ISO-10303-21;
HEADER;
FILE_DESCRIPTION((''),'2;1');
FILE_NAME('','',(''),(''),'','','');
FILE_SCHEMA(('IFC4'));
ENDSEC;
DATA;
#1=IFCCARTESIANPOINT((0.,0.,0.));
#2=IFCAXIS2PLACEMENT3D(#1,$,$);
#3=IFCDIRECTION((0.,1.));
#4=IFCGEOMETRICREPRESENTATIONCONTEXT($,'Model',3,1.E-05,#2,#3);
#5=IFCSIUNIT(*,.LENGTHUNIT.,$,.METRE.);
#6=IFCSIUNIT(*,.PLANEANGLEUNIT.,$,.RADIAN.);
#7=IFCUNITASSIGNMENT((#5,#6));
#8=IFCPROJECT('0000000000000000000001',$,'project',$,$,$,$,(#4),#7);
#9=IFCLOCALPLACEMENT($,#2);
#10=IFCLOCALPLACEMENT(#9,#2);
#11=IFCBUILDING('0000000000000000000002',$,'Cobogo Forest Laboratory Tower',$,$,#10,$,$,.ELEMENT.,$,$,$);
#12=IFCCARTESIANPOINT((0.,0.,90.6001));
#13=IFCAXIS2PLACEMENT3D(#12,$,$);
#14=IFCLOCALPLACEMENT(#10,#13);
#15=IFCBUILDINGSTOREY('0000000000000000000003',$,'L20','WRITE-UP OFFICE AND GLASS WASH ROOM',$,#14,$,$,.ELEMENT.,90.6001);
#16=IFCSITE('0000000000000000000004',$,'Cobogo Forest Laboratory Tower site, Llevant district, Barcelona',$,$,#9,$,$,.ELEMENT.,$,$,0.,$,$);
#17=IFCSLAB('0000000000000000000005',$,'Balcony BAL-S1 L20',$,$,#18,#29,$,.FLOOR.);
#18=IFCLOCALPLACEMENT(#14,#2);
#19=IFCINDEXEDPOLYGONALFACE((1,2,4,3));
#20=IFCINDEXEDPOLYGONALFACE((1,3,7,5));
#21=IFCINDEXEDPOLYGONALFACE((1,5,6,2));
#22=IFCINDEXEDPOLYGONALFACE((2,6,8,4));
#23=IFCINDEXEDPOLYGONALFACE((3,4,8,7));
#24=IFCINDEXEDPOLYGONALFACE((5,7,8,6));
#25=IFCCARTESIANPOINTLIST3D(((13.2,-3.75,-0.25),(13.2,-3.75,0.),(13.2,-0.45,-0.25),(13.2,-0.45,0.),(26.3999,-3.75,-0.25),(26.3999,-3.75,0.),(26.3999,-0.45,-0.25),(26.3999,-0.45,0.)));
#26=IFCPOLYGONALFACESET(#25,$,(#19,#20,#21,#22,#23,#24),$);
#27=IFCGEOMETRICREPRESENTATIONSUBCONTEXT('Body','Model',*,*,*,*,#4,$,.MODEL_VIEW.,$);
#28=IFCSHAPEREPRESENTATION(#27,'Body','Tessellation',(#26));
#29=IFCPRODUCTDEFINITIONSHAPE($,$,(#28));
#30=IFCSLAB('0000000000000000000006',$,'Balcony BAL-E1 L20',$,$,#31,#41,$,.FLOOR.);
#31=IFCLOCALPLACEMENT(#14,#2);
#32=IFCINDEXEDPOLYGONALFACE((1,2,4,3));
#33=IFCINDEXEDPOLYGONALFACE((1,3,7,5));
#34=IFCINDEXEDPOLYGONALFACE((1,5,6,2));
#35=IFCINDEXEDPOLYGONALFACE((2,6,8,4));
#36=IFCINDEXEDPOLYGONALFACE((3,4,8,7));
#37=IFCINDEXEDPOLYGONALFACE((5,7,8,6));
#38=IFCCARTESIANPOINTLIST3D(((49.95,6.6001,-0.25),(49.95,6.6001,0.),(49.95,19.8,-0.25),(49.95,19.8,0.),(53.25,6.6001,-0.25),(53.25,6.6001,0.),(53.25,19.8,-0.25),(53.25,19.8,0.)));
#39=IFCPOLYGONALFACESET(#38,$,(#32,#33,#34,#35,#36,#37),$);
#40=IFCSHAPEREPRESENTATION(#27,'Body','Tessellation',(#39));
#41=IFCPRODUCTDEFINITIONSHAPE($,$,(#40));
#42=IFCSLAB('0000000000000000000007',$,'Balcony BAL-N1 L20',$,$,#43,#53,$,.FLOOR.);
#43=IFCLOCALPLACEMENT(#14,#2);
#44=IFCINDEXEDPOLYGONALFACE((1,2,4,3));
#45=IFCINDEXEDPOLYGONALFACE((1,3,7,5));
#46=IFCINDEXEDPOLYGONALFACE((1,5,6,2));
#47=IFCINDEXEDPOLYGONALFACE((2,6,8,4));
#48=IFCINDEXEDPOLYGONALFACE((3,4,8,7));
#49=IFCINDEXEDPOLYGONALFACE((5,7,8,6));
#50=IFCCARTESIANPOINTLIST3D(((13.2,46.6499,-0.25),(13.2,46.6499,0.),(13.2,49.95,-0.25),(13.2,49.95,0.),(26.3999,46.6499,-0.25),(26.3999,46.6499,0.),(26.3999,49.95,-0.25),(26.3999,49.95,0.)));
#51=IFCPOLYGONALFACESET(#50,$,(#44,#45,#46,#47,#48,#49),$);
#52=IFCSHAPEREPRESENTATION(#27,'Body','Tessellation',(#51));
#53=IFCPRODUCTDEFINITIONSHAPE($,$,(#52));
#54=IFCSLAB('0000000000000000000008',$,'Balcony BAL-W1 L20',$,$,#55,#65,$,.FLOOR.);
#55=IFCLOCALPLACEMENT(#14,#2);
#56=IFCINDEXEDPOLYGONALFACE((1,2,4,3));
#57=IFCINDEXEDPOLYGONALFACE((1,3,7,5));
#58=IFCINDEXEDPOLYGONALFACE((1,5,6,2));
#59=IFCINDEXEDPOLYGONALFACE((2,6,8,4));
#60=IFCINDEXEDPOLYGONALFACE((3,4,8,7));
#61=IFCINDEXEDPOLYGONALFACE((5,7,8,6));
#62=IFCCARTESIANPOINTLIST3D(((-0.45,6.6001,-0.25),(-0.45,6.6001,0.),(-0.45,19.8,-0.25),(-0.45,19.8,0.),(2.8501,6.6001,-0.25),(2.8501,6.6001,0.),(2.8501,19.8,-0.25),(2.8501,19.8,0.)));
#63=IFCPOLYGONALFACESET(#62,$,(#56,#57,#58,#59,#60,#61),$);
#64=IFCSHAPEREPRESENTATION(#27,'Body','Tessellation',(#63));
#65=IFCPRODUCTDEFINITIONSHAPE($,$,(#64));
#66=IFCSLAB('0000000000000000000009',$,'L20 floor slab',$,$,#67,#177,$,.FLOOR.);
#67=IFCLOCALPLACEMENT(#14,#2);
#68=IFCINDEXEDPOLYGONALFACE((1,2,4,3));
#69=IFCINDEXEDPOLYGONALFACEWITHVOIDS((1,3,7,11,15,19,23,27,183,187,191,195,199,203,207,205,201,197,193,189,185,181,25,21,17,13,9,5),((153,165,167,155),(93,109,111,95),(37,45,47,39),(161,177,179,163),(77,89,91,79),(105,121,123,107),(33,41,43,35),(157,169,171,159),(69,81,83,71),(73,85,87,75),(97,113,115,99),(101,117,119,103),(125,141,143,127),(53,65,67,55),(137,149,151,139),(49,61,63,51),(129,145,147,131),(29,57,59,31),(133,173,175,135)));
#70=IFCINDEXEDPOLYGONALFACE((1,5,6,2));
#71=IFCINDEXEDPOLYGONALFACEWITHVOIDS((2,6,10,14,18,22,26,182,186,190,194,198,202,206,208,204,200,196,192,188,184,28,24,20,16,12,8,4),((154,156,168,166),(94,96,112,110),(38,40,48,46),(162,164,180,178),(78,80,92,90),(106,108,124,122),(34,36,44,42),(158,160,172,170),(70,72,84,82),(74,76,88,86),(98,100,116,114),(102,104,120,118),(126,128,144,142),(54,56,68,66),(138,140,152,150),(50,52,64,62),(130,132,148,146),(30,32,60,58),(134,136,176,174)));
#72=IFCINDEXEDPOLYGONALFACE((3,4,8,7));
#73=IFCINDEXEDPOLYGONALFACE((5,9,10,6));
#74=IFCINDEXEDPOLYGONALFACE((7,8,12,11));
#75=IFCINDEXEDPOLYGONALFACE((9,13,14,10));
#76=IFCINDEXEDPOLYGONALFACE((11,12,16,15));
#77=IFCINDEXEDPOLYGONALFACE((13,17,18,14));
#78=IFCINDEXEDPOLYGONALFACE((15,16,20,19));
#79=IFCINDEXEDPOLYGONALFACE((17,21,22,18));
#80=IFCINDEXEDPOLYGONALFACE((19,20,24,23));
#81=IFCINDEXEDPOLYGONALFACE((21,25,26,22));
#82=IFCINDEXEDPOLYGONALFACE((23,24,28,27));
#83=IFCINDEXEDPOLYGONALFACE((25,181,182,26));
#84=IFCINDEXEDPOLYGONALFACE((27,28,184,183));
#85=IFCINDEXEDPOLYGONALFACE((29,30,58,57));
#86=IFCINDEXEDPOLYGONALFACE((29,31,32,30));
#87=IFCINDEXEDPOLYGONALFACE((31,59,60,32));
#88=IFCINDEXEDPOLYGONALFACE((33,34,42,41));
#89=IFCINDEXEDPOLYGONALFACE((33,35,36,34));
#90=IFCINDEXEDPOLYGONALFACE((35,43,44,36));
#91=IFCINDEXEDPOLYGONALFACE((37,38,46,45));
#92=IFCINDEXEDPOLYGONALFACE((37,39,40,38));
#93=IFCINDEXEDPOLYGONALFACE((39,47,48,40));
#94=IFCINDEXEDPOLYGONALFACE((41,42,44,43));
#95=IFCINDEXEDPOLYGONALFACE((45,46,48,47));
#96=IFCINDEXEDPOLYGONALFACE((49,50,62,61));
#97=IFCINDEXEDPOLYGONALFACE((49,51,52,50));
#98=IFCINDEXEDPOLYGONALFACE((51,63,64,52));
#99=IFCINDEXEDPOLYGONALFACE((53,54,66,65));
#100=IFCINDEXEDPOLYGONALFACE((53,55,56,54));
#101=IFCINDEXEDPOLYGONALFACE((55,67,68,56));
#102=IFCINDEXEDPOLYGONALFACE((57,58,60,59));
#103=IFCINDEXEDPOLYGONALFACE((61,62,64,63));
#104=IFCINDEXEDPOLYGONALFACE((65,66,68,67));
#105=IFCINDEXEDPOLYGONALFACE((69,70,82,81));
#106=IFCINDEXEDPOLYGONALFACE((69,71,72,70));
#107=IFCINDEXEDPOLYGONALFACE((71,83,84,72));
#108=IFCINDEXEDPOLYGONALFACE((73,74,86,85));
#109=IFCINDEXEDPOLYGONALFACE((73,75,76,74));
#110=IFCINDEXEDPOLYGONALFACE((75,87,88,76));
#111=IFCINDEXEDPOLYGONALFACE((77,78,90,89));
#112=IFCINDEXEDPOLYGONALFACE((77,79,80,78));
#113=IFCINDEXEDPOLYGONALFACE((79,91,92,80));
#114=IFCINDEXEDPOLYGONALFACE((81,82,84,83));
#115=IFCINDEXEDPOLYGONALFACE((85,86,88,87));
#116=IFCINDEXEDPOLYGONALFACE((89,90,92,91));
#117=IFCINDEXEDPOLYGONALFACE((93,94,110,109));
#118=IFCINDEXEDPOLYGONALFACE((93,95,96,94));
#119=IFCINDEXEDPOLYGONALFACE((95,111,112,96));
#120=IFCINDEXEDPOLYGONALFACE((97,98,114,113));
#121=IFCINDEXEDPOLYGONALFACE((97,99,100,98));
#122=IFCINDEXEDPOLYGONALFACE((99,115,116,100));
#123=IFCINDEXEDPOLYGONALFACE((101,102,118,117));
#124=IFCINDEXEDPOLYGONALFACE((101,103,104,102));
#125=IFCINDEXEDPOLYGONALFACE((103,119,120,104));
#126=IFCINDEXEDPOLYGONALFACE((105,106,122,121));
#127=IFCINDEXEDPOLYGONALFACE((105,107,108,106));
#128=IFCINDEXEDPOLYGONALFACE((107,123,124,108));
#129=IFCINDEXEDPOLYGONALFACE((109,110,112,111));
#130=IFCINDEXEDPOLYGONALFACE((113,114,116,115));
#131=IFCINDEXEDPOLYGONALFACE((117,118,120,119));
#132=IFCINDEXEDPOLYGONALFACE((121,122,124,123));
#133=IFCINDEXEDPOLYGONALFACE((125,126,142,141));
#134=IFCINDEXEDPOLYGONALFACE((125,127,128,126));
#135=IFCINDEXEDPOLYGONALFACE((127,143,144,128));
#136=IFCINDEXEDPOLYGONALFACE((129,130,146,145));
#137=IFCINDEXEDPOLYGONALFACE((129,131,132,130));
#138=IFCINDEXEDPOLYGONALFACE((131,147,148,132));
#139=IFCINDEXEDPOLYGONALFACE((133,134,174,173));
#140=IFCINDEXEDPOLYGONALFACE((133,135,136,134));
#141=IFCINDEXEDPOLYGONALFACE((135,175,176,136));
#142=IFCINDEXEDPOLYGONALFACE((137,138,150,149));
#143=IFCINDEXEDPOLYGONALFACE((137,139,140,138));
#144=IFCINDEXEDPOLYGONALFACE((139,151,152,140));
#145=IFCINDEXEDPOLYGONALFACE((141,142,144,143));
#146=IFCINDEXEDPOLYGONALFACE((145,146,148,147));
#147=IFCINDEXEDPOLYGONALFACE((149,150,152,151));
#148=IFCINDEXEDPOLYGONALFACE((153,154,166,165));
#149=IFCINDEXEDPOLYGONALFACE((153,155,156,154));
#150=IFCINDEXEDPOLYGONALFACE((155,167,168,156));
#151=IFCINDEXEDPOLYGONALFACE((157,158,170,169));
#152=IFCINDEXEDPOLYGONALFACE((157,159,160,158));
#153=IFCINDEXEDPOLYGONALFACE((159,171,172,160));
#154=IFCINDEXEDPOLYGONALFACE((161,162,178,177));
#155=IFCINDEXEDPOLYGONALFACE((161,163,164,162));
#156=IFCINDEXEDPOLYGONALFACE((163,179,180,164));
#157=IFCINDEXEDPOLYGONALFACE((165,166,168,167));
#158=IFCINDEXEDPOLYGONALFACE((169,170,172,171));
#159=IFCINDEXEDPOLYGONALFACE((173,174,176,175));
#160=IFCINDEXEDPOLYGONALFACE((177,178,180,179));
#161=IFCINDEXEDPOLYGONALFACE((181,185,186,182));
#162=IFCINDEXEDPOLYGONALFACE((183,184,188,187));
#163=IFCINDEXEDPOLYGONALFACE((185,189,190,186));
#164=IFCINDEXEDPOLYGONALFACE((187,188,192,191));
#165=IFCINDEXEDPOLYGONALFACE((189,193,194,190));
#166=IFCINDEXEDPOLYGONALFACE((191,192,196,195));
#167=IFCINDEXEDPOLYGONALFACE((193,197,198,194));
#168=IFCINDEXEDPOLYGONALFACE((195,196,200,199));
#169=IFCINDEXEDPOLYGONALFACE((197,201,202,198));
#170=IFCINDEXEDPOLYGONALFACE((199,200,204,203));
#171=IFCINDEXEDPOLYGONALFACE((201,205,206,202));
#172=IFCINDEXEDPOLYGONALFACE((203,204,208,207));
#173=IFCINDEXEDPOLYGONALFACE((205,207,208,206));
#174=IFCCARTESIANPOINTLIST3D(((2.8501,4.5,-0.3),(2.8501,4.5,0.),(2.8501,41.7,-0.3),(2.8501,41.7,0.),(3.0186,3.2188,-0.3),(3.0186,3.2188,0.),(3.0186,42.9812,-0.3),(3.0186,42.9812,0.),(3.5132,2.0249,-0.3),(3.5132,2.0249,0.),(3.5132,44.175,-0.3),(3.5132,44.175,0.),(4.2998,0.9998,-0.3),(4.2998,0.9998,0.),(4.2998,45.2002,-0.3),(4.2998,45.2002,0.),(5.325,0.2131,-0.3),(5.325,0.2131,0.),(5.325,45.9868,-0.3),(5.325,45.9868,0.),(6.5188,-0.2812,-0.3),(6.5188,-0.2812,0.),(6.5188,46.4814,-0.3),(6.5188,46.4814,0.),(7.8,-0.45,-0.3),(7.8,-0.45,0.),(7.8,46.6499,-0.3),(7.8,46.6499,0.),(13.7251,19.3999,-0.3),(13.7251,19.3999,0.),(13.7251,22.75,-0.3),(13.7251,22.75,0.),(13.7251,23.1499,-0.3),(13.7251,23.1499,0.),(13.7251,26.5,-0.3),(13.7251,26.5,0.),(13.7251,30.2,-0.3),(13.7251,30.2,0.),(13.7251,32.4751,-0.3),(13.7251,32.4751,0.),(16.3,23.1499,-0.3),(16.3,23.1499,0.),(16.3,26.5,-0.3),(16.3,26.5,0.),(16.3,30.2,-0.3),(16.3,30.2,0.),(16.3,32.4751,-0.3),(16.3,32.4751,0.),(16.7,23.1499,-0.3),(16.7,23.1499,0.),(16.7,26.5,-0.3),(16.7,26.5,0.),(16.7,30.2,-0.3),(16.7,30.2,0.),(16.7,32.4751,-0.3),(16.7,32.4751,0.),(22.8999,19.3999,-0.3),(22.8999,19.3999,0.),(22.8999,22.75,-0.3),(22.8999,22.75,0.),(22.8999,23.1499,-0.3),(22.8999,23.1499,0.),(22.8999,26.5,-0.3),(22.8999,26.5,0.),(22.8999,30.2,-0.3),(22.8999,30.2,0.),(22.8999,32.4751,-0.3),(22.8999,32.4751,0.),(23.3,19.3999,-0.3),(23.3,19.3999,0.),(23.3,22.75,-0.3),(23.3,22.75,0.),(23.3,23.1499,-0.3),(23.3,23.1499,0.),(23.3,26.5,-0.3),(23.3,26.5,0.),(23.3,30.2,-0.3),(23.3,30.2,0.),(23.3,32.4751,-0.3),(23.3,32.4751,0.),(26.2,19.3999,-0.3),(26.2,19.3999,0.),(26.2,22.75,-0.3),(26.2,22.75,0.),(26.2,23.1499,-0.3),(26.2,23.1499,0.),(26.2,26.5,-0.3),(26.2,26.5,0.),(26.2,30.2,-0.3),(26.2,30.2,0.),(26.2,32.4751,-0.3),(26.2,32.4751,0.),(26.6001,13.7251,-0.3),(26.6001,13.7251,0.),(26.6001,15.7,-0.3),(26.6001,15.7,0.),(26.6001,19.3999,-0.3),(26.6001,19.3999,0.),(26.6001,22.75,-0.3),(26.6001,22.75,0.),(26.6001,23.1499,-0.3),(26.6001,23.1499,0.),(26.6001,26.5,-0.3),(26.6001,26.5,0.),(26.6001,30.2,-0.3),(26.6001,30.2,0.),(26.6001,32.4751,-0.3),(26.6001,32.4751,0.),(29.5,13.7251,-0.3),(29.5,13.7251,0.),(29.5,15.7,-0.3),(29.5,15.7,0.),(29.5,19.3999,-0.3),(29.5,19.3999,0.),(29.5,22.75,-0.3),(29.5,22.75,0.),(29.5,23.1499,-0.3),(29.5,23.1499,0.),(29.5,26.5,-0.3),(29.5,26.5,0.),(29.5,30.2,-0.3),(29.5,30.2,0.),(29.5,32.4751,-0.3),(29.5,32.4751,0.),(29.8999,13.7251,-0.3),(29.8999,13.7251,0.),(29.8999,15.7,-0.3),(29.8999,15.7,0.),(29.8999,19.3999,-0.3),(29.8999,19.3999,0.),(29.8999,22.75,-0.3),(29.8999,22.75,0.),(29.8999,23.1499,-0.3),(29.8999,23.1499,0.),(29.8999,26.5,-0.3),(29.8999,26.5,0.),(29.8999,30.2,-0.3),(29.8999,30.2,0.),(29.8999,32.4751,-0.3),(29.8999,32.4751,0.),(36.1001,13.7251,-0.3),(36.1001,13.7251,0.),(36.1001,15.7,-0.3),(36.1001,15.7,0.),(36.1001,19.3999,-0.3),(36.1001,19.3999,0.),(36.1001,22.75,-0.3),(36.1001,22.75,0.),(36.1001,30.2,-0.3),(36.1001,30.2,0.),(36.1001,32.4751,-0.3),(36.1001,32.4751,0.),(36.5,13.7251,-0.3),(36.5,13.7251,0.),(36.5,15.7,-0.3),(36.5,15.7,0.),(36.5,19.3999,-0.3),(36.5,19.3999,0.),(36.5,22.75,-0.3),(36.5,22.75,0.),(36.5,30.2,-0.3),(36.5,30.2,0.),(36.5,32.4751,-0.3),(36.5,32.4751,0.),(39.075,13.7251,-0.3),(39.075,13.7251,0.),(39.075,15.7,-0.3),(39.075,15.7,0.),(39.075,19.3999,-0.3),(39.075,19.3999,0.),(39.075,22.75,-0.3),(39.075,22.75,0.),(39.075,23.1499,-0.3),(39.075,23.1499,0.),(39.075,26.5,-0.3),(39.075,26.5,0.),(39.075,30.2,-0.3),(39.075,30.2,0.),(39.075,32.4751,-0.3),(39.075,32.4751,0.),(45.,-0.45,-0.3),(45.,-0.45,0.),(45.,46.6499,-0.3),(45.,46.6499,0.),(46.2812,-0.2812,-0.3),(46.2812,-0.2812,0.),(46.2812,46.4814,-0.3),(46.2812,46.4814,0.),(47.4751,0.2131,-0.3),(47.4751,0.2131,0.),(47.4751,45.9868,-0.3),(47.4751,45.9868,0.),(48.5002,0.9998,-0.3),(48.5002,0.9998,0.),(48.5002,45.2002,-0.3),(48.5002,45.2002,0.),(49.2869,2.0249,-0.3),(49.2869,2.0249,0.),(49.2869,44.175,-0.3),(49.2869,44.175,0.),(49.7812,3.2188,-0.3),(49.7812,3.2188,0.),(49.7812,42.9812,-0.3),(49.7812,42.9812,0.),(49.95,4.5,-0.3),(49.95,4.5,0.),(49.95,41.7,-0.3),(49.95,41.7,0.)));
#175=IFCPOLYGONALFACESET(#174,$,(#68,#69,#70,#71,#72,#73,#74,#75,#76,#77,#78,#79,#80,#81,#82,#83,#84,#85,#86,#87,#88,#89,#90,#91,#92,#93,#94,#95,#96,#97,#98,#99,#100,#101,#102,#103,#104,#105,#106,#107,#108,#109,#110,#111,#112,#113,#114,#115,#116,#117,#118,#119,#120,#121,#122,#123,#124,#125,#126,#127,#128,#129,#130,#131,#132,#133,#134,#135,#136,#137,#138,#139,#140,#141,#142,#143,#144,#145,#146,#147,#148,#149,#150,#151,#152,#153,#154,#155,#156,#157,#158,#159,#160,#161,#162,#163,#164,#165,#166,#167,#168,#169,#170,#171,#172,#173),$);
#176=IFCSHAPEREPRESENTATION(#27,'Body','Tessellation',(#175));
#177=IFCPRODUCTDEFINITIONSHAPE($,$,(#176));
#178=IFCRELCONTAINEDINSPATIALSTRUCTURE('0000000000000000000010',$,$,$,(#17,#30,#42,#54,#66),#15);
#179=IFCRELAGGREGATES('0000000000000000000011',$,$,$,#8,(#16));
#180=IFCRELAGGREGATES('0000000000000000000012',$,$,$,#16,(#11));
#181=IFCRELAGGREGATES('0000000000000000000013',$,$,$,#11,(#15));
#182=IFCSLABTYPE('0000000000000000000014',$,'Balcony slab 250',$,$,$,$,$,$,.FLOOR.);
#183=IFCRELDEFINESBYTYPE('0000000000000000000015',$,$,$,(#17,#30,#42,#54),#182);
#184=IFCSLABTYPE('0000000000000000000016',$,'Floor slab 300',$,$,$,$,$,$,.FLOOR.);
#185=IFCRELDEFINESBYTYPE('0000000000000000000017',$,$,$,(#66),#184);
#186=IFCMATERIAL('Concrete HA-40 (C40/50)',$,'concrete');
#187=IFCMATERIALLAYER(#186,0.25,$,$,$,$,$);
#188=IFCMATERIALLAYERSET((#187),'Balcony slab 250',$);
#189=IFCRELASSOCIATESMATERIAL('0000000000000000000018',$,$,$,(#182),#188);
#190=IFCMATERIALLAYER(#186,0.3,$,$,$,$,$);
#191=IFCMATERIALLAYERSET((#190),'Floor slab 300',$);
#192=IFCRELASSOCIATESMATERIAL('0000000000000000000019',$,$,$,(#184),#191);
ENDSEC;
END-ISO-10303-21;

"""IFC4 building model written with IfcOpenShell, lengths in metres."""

from ifc_helpers import new_model, si_unit, direction, frame, origin, place, context, subcontext, project, spatial, polyline, outline, extrude, material, layer, layer_set, type_object, element, save


model = new_model("IFC4")

# Units and contexts
model_context = context("Model", 3, precision=1e-05, world=origin(), true_north=direction((0.0, 1.0)))
body_context = subcontext(model_context, "Body", "Model", "MODEL_VIEW")
ifc_project = project(units=[si_unit("LENGTHUNIT", "METRE"), si_unit("PLANEANGLEUNIT", "RADIAN")], contexts=[model_context])

# Site, building, storey
site_placement = place(None, origin())
site = spatial("IfcSite", under=ifc_project, at=site_placement, Name="Cobogo Forest Laboratory Tower site, Llevant district, Barcelona", CompositionType="ELEMENT", RefElevation=0.0)
building_placement = place(site_placement, origin())
building = spatial("IfcBuilding", under=site, at=building_placement, Name="Cobogo Forest Laboratory Tower", CompositionType="ELEMENT")
storey_placement = place(building_placement, frame((0.0, 0.0, 90.6001)))
storey = spatial("IfcBuildingStorey", under=building, at=storey_placement, Name="L20", Description="WRITE-UP OFFICE AND GLASS WASH ROOM", CompositionType="ELEMENT", Elevation=90.6001)

# Slabs
ifc_material_1 = material(Name="Concrete HA-40 (C40/50)", Category="concrete")
ifc_layer_1 = layer(ifc_material_1, 0.25)
ifc_layer_set_1 = layer_set([ifc_layer_1], Name="Balcony slab 250")
slab_type_1 = type_object("IfcSlabType", Name="Balcony slab 250", PredefinedType="FLOOR", material=ifc_layer_set_1)
slab_1_placement = place(storey_placement, frame((0.0, 0.0, -0.25)))
element("IfcSlab", 1, at=slab_1_placement, inside=storey, type_object=slab_type_1, Name="Balcony BAL-S1 L20", PredefinedType="FLOOR", context=body_context, shape_type="SweptSolid", body=[
    extrude(outline(polyline([(13.2, -3.75), (26.3999, -3.75), (26.3999, -0.45), (13.2, -0.45), (13.2, -3.75)])), origin(), (0.0, 0.0, 1.0), 0.25),
])
slab_2_placement = place(storey_placement, frame((0.0, 0.0, -0.25)))
element("IfcSlab", 2, at=slab_2_placement, inside=storey, type_object=slab_type_1, Name="Balcony BAL-E1 L20", PredefinedType="FLOOR", context=body_context, shape_type="SweptSolid", body=[
    extrude(outline(polyline([(49.95, 6.6001), (53.25, 6.6001), (53.25, 19.8), (49.95, 19.8), (49.95, 6.6001)])), origin(), (0.0, 0.0, 1.0), 0.25),
])
slab_3_placement = place(storey_placement, frame((0.0, 0.0, -0.25)))
element("IfcSlab", 3, at=slab_3_placement, inside=storey, type_object=slab_type_1, Name="Balcony BAL-N1 L20", PredefinedType="FLOOR", context=body_context, shape_type="SweptSolid", body=[
    extrude(outline(polyline([(13.2, 46.6499), (26.3999, 46.6499), (26.3999, 49.95), (13.2, 49.95), (13.2, 46.6499)])), origin(), (0.0, 0.0, 1.0), 0.25),
])
slab_4_placement = place(storey_placement, frame((0.0, 0.0, -0.25)))
element("IfcSlab", 4, at=slab_4_placement, inside=storey, type_object=slab_type_1, Name="Balcony BAL-W1 L20", PredefinedType="FLOOR", context=body_context, shape_type="SweptSolid", body=[
    extrude(outline(polyline([(-0.45, 6.6001), (2.8501, 6.6001), (2.8501, 19.8), (-0.45, 19.8), (-0.45, 6.6001)])), origin(), (0.0, 0.0, 1.0), 0.25),
])
ifc_layer_2 = layer(ifc_material_1, 0.3)
ifc_layer_set_2 = layer_set([ifc_layer_2], Name="Floor slab 300")
slab_type_2 = type_object("IfcSlabType", Name="Floor slab 300", PredefinedType="FLOOR", material=ifc_layer_set_2)
slab_5_placement = place(storey_placement, frame((0.0, 0.0, -0.3)))
element("IfcSlab", 5, at=slab_5_placement, inside=storey, type_object=slab_type_2, Name="L20 floor slab", PredefinedType="FLOOR", context=body_context, shape_type="SweptSolid", body=[
    extrude(outline(polyline([(45.0, -0.45), (46.2812, -0.2812), (47.4751, 0.2131), (48.5002, 0.9998), (49.2869, 2.0249), (49.7812, 3.2188), (49.95, 4.5), (49.95, 41.7), (49.7812, 42.9812), (49.2869, 44.175), (48.5002, 45.2002), (47.4751, 45.9868), (46.2812, 46.4814), (45.0, 46.6499), (7.8, 46.6499), (6.5188, 46.4814), (5.325, 45.9868), (4.2998, 45.2002), (3.5132, 44.175), (3.0186, 42.9812), (2.8501, 41.7), (2.8501, 4.5), (3.0186, 3.2188), (3.5132, 2.0249), (4.2998, 0.9998), (5.325, 0.2131), (6.5188, -0.2812), (7.8, -0.45), (45.0, -0.45)]), holes=[polyline([(29.5, 13.7251), (26.6001, 13.7251), (26.6001, 15.7), (29.5, 15.7), (29.5, 13.7251)]), polyline([(36.1001, 15.7), (36.1001, 13.7251), (29.8999, 13.7251), (29.8999, 15.7), (36.1001, 15.7)]), polyline([(36.5, 13.7251), (36.5, 15.7), (39.075, 15.7), (39.075, 13.7251), (36.5, 13.7251)]), polyline([(13.7251, 19.3999), (13.7251, 22.75), (22.8999, 22.75), (22.8999, 19.3999), (13.7251, 19.3999)]), polyline([(23.3, 19.3999), (23.3, 22.75), (26.2, 22.75), (26.2, 19.3999), (23.3, 19.3999)]), polyline([(29.5, 19.3999), (26.6001, 19.3999), (26.6001, 22.75), (29.5, 22.75), (29.5, 19.3999)]), polyline([(36.1001, 22.75), (36.1001, 19.3999), (29.8999, 19.3999), (29.8999, 22.75), (36.1001, 22.75)]), polyline([(39.075, 19.3999), (36.5, 19.3999), (36.5, 22.75), (39.075, 22.75), (39.075, 19.3999)]), polyline([(16.3, 23.1499), (13.7251, 23.1499), (13.7251, 26.5), (16.3, 26.5), (16.3, 23.1499)]), polyline([(22.8999, 26.5), (22.8999, 23.1499), (16.7, 23.1499), (16.7, 26.5), (22.8999, 26.5)]), polyline([(26.2, 23.1499), (23.3, 23.1499), (23.3, 26.5), (26.2, 26.5), (26.2, 23.1499)]), polyline([(26.6001, 23.1499), (26.6001, 26.5), (29.5, 26.5), (29.5, 23.1499), (26.6001, 23.1499)]), polyline([(29.8999, 23.1499), (29.8999, 26.5), (39.075, 26.5), (39.075, 23.1499), (29.8999, 23.1499)]), polyline([(13.7251, 30.2), (13.7251, 32.4751), (16.3, 32.4751), (16.3, 30.2), (13.7251, 30.2)]), polyline([(22.8999, 32.4751), (22.8999, 30.2), (16.7, 30.2), (16.7, 32.4751), (22.8999, 32.4751)]), polyline([(23.3, 30.2), (23.3, 32.4751), (26.2, 32.4751), (26.2, 30.2), (23.3, 30.2)]), polyline([(26.6001, 30.2), (26.6001, 32.4751), (29.5, 32.4751), (29.5, 30.2), (26.6001, 30.2)]), polyline([(36.1001, 32.4751), (36.1001, 30.2), (29.8999, 30.2), (29.8999, 32.4751), (36.1001, 32.4751)]), polyline([(36.5, 30.2), (36.5, 32.4751), (39.075, 32.4751), (39.075, 30.2), (36.5, 30.2)])]), origin(), (0.0, 0.0, 1.0), 0.3),
])

save(model, "model.ifc")
